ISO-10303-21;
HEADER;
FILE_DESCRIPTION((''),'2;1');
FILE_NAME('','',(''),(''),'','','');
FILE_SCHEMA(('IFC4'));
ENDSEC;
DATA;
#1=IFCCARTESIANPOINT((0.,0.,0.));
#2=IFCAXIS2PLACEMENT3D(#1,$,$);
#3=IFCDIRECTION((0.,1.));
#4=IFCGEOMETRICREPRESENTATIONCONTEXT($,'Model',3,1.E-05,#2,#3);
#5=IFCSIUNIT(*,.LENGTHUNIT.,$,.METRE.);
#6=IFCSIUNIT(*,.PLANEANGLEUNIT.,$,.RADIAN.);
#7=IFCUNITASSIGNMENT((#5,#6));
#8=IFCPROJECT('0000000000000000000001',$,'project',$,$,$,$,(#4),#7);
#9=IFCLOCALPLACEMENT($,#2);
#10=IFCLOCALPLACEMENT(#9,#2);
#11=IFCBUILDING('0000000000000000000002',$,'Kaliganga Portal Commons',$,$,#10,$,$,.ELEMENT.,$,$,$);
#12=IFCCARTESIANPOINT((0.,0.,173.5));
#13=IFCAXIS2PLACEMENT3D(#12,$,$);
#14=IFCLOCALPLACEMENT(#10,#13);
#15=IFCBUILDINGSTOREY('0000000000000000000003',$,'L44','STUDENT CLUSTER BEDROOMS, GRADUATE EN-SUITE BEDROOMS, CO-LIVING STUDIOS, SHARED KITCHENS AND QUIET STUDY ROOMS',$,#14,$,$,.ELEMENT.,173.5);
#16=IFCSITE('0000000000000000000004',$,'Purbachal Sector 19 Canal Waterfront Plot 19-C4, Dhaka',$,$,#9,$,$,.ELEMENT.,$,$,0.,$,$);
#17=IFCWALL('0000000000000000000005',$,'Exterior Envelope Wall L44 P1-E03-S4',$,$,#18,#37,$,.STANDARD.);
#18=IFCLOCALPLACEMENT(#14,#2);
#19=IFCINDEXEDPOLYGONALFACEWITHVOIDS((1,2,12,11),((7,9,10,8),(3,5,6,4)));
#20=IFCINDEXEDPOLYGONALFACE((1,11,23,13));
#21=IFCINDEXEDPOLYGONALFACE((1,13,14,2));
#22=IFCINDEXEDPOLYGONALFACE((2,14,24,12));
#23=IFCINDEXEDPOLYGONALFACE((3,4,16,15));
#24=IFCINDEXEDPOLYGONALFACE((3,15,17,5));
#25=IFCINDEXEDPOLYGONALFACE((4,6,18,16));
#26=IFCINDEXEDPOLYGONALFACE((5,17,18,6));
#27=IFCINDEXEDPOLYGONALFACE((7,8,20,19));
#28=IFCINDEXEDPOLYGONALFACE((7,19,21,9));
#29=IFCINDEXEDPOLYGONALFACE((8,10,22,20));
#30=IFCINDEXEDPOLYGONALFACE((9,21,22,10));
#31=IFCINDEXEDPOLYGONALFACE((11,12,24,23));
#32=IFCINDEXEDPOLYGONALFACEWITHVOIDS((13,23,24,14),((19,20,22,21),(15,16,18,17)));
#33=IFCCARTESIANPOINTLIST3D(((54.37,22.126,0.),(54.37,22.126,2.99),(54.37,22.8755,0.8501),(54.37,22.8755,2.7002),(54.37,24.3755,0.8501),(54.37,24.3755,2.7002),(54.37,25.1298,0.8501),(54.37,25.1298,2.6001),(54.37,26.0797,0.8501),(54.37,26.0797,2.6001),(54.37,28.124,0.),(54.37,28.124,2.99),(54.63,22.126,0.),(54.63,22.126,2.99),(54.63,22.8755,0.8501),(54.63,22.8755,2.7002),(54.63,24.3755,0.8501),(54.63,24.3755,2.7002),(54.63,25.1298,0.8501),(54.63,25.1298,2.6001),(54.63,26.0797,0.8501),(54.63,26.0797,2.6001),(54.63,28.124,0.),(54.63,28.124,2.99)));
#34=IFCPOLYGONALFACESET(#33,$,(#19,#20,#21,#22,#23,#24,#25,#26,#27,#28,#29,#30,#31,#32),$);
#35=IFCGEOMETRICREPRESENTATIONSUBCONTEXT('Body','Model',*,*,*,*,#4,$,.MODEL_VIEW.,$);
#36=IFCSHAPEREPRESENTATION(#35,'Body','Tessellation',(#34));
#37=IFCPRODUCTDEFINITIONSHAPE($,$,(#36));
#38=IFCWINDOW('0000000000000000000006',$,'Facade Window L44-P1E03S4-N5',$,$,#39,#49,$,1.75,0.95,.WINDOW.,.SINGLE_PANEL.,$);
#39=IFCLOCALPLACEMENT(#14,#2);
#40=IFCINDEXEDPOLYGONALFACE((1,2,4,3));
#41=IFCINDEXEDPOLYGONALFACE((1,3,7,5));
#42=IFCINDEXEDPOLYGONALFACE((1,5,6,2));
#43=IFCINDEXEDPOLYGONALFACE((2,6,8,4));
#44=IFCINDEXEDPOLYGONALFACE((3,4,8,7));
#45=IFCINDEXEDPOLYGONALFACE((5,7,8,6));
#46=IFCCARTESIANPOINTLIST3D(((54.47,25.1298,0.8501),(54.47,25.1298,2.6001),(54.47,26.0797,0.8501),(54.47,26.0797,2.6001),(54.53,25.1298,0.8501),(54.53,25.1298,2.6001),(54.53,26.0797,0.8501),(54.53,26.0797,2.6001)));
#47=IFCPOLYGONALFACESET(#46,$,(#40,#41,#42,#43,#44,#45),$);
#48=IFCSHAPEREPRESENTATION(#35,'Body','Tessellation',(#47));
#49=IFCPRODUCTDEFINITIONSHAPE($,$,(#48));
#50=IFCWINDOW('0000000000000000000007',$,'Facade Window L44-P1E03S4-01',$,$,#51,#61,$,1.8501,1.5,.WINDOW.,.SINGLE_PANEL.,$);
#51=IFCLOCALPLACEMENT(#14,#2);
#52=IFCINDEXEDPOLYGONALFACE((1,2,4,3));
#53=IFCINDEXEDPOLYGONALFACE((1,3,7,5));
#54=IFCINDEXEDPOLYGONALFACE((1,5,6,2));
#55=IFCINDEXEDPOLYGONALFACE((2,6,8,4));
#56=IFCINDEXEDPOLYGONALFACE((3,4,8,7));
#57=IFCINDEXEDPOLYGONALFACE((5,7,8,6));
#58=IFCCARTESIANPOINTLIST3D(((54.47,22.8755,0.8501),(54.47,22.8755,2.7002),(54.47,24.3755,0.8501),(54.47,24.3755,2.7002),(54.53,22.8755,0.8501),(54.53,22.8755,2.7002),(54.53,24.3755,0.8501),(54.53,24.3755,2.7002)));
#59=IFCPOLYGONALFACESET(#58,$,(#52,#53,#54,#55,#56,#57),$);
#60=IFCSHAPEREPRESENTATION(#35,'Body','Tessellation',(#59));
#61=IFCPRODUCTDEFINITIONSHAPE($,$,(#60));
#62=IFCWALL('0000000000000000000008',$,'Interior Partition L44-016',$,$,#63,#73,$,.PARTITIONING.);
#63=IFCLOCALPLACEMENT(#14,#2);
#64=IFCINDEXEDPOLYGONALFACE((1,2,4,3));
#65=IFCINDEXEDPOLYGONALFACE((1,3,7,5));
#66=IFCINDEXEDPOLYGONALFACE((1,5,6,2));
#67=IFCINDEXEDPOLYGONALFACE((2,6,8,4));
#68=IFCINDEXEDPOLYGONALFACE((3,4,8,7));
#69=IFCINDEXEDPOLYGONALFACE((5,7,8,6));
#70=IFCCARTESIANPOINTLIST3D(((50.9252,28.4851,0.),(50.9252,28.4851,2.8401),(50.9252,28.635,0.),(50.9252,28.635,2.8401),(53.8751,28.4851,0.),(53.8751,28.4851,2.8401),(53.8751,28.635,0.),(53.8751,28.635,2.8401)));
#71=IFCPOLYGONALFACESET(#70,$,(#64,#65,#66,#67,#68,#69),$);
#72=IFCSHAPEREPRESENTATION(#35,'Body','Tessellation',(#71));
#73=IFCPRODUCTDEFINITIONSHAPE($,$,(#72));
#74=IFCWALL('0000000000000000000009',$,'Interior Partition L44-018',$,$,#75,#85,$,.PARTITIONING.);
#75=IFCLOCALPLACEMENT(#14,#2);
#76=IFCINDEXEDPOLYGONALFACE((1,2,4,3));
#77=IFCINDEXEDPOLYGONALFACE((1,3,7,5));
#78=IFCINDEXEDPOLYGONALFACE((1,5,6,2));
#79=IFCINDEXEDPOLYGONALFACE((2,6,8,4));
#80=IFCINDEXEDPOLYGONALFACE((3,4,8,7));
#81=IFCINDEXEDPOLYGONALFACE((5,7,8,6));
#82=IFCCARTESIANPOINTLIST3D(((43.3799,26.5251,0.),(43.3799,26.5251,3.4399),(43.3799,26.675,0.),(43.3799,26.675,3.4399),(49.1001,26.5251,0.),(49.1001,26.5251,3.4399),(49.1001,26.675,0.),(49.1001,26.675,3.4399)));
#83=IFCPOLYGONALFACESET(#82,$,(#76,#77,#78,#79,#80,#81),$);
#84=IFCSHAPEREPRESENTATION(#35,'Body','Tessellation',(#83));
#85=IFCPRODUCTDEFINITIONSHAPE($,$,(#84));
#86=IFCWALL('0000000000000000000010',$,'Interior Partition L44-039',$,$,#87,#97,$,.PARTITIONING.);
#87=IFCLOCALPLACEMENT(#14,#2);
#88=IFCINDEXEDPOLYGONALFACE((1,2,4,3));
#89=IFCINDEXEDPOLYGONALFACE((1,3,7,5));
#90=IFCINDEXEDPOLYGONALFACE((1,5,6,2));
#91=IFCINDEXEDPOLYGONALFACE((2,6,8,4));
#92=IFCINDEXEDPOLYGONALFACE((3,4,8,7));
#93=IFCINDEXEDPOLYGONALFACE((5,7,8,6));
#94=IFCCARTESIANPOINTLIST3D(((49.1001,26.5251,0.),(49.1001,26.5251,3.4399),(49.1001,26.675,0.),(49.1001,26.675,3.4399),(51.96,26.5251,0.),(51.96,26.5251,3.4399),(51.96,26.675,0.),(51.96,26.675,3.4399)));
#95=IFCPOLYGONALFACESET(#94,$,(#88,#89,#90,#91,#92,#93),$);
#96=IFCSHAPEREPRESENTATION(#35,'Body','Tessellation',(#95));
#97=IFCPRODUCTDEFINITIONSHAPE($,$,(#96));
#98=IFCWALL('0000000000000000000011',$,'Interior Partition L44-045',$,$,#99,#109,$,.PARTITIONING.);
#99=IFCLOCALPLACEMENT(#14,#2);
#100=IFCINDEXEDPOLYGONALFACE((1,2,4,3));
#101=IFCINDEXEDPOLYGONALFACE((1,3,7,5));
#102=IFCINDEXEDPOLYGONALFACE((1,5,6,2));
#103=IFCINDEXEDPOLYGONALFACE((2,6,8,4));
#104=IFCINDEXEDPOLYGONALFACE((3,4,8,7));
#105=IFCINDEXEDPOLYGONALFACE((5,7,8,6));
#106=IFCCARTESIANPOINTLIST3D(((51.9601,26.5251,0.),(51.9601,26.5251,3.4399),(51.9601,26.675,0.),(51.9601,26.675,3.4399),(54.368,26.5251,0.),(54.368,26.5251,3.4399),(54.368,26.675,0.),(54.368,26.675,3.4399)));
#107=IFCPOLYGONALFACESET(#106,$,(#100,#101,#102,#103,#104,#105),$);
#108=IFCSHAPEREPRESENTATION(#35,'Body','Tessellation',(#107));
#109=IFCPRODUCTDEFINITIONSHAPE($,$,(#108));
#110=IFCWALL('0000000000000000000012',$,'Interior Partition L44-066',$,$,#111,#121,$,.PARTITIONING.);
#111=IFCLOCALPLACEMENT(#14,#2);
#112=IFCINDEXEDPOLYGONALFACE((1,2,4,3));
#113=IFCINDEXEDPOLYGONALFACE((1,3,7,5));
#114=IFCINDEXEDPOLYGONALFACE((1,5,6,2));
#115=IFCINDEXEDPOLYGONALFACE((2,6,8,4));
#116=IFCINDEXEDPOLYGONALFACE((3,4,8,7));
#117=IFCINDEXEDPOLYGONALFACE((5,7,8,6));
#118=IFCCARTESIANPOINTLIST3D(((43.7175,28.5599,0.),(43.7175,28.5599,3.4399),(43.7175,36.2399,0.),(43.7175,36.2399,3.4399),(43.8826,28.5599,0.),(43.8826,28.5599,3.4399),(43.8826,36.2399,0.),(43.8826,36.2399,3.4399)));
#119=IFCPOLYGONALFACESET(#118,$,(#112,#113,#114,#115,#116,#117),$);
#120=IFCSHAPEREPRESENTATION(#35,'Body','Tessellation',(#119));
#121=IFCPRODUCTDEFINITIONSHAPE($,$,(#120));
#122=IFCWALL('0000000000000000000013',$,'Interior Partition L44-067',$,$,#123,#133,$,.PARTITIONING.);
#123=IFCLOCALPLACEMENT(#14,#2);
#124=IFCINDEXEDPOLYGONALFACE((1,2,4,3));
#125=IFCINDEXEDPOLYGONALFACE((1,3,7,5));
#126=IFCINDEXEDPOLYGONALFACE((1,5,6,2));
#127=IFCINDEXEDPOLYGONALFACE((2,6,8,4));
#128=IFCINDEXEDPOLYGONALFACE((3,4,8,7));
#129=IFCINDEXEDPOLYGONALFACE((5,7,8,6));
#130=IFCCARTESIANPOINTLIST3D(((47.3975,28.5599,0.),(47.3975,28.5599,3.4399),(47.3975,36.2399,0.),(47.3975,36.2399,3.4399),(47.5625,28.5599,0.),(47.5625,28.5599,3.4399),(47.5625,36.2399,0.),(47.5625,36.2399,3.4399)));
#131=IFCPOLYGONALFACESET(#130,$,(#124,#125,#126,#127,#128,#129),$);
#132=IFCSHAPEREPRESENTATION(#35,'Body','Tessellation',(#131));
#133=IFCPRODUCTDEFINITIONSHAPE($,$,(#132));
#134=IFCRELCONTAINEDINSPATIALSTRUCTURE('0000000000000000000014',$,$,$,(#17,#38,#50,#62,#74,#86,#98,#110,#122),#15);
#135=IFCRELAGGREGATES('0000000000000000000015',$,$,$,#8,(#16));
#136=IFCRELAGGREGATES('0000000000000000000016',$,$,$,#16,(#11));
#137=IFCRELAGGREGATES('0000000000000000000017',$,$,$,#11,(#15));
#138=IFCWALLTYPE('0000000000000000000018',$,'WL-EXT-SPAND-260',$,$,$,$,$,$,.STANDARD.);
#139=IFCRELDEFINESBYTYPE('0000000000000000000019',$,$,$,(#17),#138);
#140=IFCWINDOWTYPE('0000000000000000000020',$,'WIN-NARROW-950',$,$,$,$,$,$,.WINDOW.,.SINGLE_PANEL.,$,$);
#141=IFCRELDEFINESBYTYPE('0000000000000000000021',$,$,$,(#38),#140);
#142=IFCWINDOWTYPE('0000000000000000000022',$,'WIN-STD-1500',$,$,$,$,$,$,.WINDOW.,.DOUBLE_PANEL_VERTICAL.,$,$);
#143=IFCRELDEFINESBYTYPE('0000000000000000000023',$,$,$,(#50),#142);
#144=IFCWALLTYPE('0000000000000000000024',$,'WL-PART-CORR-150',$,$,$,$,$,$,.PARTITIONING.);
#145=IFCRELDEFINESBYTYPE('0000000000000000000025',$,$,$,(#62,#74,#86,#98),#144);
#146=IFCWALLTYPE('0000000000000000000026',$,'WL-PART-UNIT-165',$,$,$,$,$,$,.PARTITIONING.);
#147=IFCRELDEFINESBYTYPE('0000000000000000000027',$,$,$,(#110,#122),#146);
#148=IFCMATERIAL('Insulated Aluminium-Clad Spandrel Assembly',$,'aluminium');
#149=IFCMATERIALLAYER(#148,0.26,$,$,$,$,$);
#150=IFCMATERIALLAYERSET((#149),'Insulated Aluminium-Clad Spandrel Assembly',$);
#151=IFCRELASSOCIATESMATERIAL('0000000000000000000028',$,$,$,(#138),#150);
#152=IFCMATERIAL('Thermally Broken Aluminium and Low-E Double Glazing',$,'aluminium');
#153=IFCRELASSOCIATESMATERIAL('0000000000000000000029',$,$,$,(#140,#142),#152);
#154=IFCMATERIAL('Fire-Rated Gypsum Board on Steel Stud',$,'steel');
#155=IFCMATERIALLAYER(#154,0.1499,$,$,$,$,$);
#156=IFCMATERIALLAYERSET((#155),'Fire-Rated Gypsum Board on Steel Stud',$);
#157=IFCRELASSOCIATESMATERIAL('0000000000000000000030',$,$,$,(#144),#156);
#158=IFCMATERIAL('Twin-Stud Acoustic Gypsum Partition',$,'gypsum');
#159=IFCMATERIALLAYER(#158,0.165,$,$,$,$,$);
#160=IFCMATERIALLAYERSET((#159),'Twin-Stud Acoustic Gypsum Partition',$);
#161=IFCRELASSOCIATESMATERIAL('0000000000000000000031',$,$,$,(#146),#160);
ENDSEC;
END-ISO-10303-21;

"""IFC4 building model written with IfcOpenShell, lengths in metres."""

from ifc_helpers import new_model, si_unit, direction, frame, frame_2d, origin, place, context, subcontext, project, spatial, rectangle, extrude, material, layer, layer_set, type_object, element, fill, save


model = new_model("IFC4")

# Units and contexts
model_context = context("Model", 3, precision=1e-05, world=origin(), true_north=direction((0.0, 1.0)))
body_context = subcontext(model_context, "Body", "Model", "MODEL_VIEW")
ifc_project = project(units=[si_unit("LENGTHUNIT", "METRE"), si_unit("PLANEANGLEUNIT", "RADIAN")], contexts=[model_context])

# Site, building, storey
site_placement = place(None, origin())
site = spatial("IfcSite", under=ifc_project, at=site_placement, Name="Purbachal Sector 19 Canal Waterfront Plot 19-C4, Dhaka", CompositionType="ELEMENT", RefElevation=0.0)
building_placement = place(site_placement, origin())
building = spatial("IfcBuilding", under=site, at=building_placement, Name="Kaliganga Portal Commons", CompositionType="ELEMENT")
storey_placement = place(building_placement, frame((0.0, 0.0, 173.5)))
storey = spatial("IfcBuildingStorey", under=building, at=storey_placement, Name="L44", Description="STUDENT CLUSTER BEDROOMS, GRADUATE EN-SUITE BEDROOMS, CO-LIVING STUDIOS, SHARED KITCHENS AND QUIET STUDY ROOMS", CompositionType="ELEMENT", Elevation=173.5)

# Wall, openings, windows
ifc_material_1 = material(Name="Insulated Aluminium-Clad Spandrel Assembly", Category="aluminium")
ifc_layer_1 = layer(ifc_material_1, 0.26)
ifc_layer_set_1 = layer_set([ifc_layer_1], Name="Insulated Aluminium-Clad Spandrel Assembly")
wall_type_1 = type_object("IfcWallType", Name="WL-EXT-SPAND-260", PredefinedType="STANDARD", material=ifc_layer_set_1)
wall_1_placement = place(storey_placement, frame((54.5, 28.124, 0.0), z_axis=(0.0, 0.0, 1.0), x_axis=(0.0, -1.0, 0.0)))
wall_1 = element("IfcWall", 1, at=wall_1_placement, inside=storey, type_object=wall_type_1, Name="Exterior Envelope Wall L44 P1-E03-S4", PredefinedType="STANDARD", context=body_context, shape_type="SweptSolid", body=[
    extrude(rectangle(XDim=5.998, YDim=0.26, at=frame_2d((2.999, 0.0))), origin(), (0.0, 0.0, 1.0), 2.99),
])
opening_1_placement = place(wall_1_placement, frame((3.7485, 0.0, 0.8501)))
opening_1 = element("IfcOpeningElement", 2, at=opening_1_placement, cuts=wall_1, PredefinedType="OPENING", context=body_context, shape_type="SweptSolid", body=[
    extrude(rectangle(XDim=1.5, YDim=1.8501, at=frame_2d((0.75, 0.925))), frame((0.0, 0.1401, 0.0), z_axis=(0.0, -1.0, 0.0), x_axis=(1.0, 0.0, 0.0)), (0.0, 0.0, 1.0), 0.28),
])
opening_2_placement = place(wall_1_placement, frame((2.0442, 0.0, 0.8501)))
opening_2 = element("IfcOpeningElement", 3, at=opening_2_placement, cuts=wall_1, PredefinedType="OPENING", context=body_context, shape_type="SweptSolid", body=[
    extrude(rectangle(XDim=0.95, YDim=1.75, at=frame_2d((0.4751, 0.875))), frame((0.0, 0.1401, 0.0), z_axis=(0.0, -1.0, 0.0), x_axis=(1.0, 0.0, 0.0)), (0.0, 0.0, 1.0), 0.28),
])
ifc_material_2 = material(Name="Thermally Broken Aluminium and Low-E Double Glazing", Category="aluminium")
window_type_1 = type_object("IfcWindowType", Name="WIN-NARROW-950", PartitioningType="SINGLE_PANEL", PredefinedType="WINDOW", material=ifc_material_2)
window_1_placement = place(opening_2_placement, origin())
window_1 = element("IfcWindow", 4, at=window_1_placement, inside=storey, type_object=window_type_1, Name="Facade Window L44-P1E03S4-N5", OverallHeight=1.75, OverallWidth=0.95, PartitioningType="SINGLE_PANEL", PredefinedType="WINDOW", context=body_context, shape_type="SweptSolid", body=[
    extrude(rectangle(XDim=0.95, YDim=1.75, at=frame_2d((0.4751, 0.875))), frame((0.0, 0.03, 0.0), z_axis=(0.0, -1.0, 0.0), x_axis=(1.0, 0.0, 0.0)), (0.0, 0.0, 1.0), 0.0601),
])
fill(opening_2, window_1)
window_type_2 = type_object("IfcWindowType", Name="WIN-STD-1500", PartitioningType="DOUBLE_PANEL_VERTICAL", PredefinedType="WINDOW", material=ifc_material_2)
window_2_placement = place(opening_1_placement, origin())
window_2 = element("IfcWindow", 5, at=window_2_placement, inside=storey, type_object=window_type_2, Name="Facade Window L44-P1E03S4-01", OverallHeight=1.8501, OverallWidth=1.5, PartitioningType="SINGLE_PANEL", PredefinedType="WINDOW", context=body_context, shape_type="SweptSolid", body=[
    extrude(rectangle(XDim=1.5, YDim=1.8501, at=frame_2d((0.75, 0.925))), frame((0.0, 0.03, 0.0), z_axis=(0.0, -1.0, 0.0), x_axis=(1.0, 0.0, 0.0)), (0.0, 0.0, 1.0), 0.0601),
])
fill(opening_1, window_2)

# Shared definitions
ifc_material_3 = material(Name="Fire-Rated Gypsum Board on Steel Stud", Category="steel")
ifc_layer_2 = layer(ifc_material_3, 0.1499)
ifc_layer_set_2 = layer_set([ifc_layer_2], Name="Fire-Rated Gypsum Board on Steel Stud")
wall_type_2 = type_object("IfcWallType", Name="WL-PART-CORR-150", PredefinedType="PARTITIONING", material=ifc_layer_set_2)

# Walls
wall_2_placement = place(storey_placement, frame((50.925, 28.5601, 0.0), z_axis=(0.0, 0.0, 1.0), x_axis=(1.0, 0.0, 0.0)))
element("IfcWall", 6, at=wall_2_placement, inside=storey, type_object=wall_type_2, Name="Interior Partition L44-016", PredefinedType="PARTITIONING", context=body_context, shape_type="SweptSolid", body=[
    extrude(rectangle(XDim=2.95, YDim=0.1499, at=frame_2d((1.4751, 0.0))), origin(), (0.0, 0.0, 1.0), 2.8401),
])
wall_3_placement = place(storey_placement, frame((43.3799, 26.6001, 0.0), z_axis=(0.0, 0.0, 1.0), x_axis=(1.0, 0.0, 0.0)))
element("IfcWall", 7, at=wall_3_placement, inside=storey, type_object=wall_type_2, Name="Interior Partition L44-018", PredefinedType="PARTITIONING", context=body_context, shape_type="SweptSolid", body=[
    extrude(rectangle(XDim=5.7202, YDim=0.1499, at=frame_2d((2.8601, 0.0))), origin(), (0.0, 0.0, 1.0), 3.4399),
])

# Walls
wall_4_placement = place(storey_placement, frame((49.1001, 26.6001, 0.0), z_axis=(0.0, 0.0, 1.0), x_axis=(1.0, 0.0, 0.0)))
element("IfcWall", 8, at=wall_4_placement, inside=storey, type_object=wall_type_2, Name="Interior Partition L44-039", PredefinedType="PARTITIONING", context=body_context, shape_type="SweptSolid", body=[
    extrude(rectangle(XDim=2.8599, YDim=0.1499, at=frame_2d((1.4299, 0.0))), origin(), (0.0, 0.0, 1.0), 3.4399),
])
wall_5_placement = place(storey_placement, frame((51.96, 26.6001, 0.0), z_axis=(0.0, 0.0, 1.0), x_axis=(1.0, 0.0, 0.0)))
element("IfcWall", 9, at=wall_5_placement, inside=storey, type_object=wall_type_2, Name="Interior Partition L44-045", PredefinedType="PARTITIONING", context=body_context, shape_type="SweptSolid", body=[
    extrude(rectangle(XDim=2.408, YDim=0.1499, at=frame_2d((1.2041, 0.0))), origin(), (0.0, 0.0, 1.0), 3.4399),
])
ifc_material_4 = material(Name="Twin-Stud Acoustic Gypsum Partition", Category="gypsum")
ifc_layer_3 = layer(ifc_material_4, 0.165)
ifc_layer_set_3 = layer_set([ifc_layer_3], Name="Twin-Stud Acoustic Gypsum Partition")
wall_type_3 = type_object("IfcWallType", Name="WL-PART-UNIT-165", PredefinedType="PARTITIONING", material=ifc_layer_set_3)
for number, where, z_axis, x_axis, name in (
    (10, (43.8, 28.5601, 0.0), (0.0, 0.0, 1.0), (0.0, 1.0, 0.0), "Interior Partition L44-066"),
    (11, (47.48, 28.5601, 0.0), (0.0, 0.0, 1.0), (0.0, 1.0, 0.0), "Interior Partition L44-067"),
):
    element("IfcWall", number, at=place(storey_placement, frame(where, z_axis=z_axis, x_axis=x_axis)), inside=storey, type_object=wall_type_3, Name=name, PredefinedType="PARTITIONING", context=body_context, shape_type="SweptSolid", body=[
        extrude(rectangle(XDim=7.6799, YDim=0.165, at=frame_2d((3.8398, 0.0))), origin(), (0.0, 0.0, 1.0), 3.4399),
    ])

save(model, "model.ifc")
